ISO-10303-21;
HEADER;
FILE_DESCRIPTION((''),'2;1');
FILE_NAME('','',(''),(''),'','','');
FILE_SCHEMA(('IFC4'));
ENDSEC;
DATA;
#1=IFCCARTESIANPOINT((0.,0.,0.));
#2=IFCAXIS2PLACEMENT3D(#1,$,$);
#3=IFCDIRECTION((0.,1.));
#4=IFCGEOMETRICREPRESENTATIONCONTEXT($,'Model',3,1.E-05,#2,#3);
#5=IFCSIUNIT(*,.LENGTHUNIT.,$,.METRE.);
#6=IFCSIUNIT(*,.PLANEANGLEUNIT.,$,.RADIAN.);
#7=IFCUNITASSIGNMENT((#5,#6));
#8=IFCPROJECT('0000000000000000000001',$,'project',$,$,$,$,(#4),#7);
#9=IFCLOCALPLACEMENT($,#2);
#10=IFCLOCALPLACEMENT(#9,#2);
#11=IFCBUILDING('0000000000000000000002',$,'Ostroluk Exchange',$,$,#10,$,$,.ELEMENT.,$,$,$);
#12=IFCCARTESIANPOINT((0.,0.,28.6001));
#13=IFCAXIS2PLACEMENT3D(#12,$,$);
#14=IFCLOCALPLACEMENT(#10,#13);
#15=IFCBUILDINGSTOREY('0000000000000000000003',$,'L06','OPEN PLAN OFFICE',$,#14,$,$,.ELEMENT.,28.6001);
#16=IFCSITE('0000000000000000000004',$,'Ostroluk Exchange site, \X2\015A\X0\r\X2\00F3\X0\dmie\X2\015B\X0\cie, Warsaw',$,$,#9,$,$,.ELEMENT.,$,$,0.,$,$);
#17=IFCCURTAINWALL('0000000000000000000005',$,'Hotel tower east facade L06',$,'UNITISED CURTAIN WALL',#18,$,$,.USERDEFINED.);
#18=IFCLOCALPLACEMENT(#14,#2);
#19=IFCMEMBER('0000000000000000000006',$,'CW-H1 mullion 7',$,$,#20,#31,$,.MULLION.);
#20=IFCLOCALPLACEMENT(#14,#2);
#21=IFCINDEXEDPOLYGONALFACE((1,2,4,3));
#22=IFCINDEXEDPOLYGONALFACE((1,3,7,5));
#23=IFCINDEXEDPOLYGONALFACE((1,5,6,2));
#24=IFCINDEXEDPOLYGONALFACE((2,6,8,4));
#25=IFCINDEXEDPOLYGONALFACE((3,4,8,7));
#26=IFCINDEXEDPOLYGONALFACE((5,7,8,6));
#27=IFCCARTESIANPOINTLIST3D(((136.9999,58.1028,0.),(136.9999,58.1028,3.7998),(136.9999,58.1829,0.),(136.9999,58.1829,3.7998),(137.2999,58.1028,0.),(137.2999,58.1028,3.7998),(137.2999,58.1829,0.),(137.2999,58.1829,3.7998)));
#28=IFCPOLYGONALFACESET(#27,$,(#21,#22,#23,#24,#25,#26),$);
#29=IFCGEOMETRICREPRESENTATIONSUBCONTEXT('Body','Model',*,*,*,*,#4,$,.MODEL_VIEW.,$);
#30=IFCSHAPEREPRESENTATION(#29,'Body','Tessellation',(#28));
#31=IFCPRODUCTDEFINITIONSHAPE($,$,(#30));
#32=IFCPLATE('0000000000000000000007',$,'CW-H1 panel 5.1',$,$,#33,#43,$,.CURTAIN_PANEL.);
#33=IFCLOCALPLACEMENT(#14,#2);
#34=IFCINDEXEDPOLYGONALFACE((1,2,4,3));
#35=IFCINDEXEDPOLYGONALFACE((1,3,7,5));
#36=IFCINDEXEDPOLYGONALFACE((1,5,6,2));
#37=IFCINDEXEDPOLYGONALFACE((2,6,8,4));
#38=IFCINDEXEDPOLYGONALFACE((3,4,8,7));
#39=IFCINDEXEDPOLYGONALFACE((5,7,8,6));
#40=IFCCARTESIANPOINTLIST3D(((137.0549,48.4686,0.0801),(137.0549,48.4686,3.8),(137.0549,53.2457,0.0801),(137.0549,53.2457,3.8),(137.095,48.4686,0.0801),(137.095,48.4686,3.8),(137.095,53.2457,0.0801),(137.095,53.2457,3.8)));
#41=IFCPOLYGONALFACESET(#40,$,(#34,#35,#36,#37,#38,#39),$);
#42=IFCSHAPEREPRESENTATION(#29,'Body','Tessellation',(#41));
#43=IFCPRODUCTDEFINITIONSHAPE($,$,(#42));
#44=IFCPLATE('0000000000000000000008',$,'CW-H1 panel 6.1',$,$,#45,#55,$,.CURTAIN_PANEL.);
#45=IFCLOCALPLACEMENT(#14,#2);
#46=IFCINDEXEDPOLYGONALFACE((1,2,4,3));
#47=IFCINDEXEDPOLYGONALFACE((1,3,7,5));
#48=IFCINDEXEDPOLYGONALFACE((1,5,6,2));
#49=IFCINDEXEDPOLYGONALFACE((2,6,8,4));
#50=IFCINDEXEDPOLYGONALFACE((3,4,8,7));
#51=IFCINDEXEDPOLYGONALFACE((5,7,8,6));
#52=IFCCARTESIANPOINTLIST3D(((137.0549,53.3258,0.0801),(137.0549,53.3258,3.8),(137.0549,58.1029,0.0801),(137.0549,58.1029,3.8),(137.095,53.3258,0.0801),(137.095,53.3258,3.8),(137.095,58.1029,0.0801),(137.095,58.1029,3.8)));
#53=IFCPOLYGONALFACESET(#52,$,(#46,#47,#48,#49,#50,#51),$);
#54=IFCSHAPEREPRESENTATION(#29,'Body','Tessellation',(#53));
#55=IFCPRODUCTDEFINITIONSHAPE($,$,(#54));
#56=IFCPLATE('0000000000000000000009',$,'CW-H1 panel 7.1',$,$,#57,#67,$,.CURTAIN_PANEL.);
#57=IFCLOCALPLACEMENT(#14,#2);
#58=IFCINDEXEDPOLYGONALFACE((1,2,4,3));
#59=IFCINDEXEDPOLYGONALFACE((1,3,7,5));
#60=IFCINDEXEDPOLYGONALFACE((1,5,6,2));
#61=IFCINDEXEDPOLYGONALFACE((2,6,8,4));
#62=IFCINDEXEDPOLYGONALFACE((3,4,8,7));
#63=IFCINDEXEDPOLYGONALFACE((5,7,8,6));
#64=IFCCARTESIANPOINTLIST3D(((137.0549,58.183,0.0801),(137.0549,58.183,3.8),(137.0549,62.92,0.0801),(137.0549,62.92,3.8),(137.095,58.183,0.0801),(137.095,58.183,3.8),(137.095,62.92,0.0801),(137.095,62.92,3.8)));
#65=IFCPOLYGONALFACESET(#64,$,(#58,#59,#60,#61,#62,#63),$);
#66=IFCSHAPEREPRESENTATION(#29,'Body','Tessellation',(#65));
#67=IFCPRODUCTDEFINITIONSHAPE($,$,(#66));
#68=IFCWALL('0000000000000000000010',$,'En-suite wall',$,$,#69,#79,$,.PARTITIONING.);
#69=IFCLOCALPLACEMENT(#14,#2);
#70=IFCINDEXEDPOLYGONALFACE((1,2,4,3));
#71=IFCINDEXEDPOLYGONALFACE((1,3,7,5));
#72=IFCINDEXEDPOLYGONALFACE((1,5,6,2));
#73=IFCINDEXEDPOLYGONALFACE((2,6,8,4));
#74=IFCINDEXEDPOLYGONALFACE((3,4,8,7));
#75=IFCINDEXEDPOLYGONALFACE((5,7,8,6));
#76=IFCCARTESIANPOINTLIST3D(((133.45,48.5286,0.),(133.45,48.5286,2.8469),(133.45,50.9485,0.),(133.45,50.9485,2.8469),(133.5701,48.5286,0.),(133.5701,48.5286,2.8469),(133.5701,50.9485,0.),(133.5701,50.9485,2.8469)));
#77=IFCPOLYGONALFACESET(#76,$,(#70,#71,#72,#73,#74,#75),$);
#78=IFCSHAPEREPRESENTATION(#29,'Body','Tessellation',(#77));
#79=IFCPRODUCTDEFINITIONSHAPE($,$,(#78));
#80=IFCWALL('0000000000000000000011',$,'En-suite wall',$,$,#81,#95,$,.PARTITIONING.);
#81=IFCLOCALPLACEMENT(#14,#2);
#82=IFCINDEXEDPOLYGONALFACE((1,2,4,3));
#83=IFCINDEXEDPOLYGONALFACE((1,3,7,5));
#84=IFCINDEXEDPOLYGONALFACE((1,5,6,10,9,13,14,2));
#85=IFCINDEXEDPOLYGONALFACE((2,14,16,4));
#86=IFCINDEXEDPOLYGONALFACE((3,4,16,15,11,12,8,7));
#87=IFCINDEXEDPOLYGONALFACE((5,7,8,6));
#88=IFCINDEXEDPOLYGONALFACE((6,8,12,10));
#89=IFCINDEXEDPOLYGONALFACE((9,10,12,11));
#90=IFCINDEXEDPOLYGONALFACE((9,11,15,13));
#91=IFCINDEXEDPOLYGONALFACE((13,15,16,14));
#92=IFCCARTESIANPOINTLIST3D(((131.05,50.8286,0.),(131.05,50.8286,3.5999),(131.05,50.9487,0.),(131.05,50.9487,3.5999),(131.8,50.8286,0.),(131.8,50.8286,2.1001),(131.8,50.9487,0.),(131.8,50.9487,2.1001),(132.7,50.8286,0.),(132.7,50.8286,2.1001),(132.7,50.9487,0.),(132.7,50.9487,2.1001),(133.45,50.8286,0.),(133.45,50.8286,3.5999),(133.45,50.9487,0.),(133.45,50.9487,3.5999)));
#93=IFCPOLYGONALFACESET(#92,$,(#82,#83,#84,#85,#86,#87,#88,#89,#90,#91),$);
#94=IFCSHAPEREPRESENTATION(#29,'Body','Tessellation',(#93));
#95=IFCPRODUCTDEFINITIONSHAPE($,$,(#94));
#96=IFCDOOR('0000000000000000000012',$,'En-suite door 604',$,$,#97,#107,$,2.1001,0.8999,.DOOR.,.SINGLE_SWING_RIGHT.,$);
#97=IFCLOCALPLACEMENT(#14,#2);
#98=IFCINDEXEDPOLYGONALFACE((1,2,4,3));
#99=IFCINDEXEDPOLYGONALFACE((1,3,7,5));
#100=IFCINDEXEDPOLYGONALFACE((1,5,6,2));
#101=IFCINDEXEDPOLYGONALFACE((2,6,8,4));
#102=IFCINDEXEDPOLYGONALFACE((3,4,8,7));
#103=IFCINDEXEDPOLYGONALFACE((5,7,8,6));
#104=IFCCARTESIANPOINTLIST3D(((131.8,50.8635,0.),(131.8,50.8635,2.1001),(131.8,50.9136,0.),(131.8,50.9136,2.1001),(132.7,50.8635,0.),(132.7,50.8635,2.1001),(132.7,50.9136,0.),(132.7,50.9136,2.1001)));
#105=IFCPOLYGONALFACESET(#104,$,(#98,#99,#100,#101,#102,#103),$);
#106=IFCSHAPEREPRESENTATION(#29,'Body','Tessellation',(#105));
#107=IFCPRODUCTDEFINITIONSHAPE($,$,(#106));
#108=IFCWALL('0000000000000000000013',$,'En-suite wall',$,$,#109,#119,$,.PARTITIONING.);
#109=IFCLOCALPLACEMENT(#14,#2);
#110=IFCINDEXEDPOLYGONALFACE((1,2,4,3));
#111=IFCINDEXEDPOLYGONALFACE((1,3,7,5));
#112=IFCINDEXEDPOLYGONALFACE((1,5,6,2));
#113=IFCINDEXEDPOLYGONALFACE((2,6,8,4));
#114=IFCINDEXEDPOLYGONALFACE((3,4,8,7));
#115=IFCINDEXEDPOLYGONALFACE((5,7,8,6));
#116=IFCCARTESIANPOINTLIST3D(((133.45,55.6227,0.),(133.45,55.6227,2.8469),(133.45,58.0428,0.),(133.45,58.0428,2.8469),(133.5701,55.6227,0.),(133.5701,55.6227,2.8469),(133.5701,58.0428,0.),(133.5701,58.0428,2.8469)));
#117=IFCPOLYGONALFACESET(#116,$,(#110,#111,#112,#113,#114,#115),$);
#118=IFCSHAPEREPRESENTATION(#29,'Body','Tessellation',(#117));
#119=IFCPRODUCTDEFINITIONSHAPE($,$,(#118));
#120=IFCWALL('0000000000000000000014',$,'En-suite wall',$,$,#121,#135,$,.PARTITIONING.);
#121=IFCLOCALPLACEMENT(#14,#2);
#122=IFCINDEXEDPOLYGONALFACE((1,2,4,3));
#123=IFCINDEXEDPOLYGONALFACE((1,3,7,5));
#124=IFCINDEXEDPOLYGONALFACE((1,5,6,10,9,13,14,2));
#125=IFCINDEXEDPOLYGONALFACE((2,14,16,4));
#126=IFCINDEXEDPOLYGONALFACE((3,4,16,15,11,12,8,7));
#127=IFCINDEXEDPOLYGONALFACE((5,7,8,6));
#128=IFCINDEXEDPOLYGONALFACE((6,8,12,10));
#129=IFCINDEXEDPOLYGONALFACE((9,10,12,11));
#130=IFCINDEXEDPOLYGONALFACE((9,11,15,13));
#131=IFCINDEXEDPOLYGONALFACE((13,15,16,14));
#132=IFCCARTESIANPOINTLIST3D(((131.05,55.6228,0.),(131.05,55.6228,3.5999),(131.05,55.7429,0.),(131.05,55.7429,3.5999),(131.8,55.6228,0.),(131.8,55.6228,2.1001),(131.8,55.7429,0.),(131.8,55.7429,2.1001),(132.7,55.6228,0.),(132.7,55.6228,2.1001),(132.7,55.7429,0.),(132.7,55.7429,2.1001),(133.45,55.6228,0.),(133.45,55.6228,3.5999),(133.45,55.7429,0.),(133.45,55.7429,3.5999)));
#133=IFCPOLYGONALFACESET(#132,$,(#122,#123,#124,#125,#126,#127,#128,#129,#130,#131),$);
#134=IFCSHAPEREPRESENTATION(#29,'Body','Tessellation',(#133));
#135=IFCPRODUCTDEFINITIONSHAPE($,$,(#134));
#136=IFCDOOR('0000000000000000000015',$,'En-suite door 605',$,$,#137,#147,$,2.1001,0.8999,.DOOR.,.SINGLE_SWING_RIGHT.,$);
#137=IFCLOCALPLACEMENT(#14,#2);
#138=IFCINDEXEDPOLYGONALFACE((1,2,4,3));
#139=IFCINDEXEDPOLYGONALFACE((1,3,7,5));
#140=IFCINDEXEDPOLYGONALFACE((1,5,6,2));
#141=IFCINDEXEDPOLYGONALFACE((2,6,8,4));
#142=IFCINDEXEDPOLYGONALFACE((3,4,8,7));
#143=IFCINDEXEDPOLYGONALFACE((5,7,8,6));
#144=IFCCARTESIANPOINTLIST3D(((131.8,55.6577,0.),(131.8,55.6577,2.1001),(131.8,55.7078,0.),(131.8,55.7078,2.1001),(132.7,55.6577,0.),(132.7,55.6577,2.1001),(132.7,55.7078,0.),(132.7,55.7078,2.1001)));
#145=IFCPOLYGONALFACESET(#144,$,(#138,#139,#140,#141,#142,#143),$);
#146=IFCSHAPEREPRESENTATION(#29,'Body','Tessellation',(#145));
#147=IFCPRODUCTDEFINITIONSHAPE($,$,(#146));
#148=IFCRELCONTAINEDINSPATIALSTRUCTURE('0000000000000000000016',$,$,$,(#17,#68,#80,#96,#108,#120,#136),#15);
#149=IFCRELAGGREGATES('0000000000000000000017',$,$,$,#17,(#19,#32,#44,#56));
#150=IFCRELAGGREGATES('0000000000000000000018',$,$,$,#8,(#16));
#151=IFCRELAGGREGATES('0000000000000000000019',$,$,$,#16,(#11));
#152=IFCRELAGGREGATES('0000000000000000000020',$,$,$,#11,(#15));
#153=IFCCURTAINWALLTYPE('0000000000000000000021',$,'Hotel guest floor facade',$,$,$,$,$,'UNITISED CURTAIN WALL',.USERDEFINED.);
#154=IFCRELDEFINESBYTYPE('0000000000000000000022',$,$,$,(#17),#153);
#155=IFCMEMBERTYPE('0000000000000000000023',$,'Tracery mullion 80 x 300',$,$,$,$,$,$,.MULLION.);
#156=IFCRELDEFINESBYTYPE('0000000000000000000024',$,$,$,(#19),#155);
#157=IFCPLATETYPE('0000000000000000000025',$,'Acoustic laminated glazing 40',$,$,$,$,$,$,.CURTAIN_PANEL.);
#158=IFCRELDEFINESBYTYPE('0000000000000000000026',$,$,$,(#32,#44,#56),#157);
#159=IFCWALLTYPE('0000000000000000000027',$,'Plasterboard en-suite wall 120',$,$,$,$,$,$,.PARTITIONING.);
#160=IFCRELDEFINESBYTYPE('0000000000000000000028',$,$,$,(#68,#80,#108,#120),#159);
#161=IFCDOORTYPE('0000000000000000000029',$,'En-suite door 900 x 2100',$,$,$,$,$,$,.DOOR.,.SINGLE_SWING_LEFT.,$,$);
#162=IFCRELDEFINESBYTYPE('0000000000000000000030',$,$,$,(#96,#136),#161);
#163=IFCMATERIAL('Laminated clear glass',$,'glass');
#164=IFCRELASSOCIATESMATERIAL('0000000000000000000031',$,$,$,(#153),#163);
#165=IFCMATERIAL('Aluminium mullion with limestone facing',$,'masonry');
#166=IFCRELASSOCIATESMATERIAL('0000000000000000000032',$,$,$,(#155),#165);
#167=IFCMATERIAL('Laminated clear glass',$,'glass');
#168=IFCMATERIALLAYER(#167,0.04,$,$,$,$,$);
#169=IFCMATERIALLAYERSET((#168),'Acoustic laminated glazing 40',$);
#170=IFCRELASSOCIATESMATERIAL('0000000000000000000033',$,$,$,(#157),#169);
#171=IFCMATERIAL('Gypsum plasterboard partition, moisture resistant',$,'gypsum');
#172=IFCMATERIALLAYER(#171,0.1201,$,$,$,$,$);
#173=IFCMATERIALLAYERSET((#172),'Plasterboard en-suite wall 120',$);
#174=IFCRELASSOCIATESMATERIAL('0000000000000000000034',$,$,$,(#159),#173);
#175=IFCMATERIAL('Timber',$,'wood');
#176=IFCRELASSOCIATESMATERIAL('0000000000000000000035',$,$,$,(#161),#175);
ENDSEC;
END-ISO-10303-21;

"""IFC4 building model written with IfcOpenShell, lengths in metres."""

from ifc_helpers import new_model, si_unit, direction, frame, frame_2d, origin, origin_2d, place, context, subcontext, project, spatial, rectangle, extrude, material, layer, layer_set, material_profile, profile_set, type_object, element, fill, aggregate, save


model = new_model("IFC4")

# Units and contexts
model_context = context("Model", 3, precision=1e-05, world=origin(), true_north=direction((0.0, 1.0)))
body_context = subcontext(model_context, "Body", "Model", "MODEL_VIEW")
ifc_project = project(units=[si_unit("LENGTHUNIT", "METRE"), si_unit("PLANEANGLEUNIT", "RADIAN")], contexts=[model_context])

# Site, building, storey
site_placement = place(None, origin())
site = spatial("IfcSite", under=ifc_project, at=site_placement, Name="Ostroluk Exchange site, Śródmieście, Warsaw", CompositionType="ELEMENT", RefElevation=0.0)
building_placement = place(site_placement, origin())
building = spatial("IfcBuilding", under=site, at=building_placement, Name="Ostroluk Exchange", CompositionType="ELEMENT")
storey_placement = place(building_placement, frame((0.0, 0.0, 28.6001)))
storey = spatial("IfcBuildingStorey", under=building, at=storey_placement, Name="L06", Description="OPEN PLAN OFFICE", CompositionType="ELEMENT", Elevation=28.6001)

# Curtain wall, member, plates
ifc_material_1 = material(Name="Laminated clear glass", Category="glass")
curtain_wall_type = type_object("IfcCurtainWallType", Name="Hotel guest floor facade", ElementType="UNITISED CURTAIN WALL", PredefinedType="USERDEFINED", material=ifc_material_1)
curtain_wall_placement = place(storey_placement, origin())
curtain_wall = element("IfcCurtainWall", 1, at=curtain_wall_placement, inside=storey, type_object=curtain_wall_type, Name="Hotel tower east facade L06", ObjectType="UNITISED CURTAIN WALL", PredefinedType="USERDEFINED")
ifc_material_2 = material(Name="Aluminium mullion with limestone facing", Category="masonry")
ifc_material_profile_1 = material_profile(ifc_material_2, rectangle(XDim=0.3, YDim=0.0801, at=origin_2d()), Name="Tracery mullion 80 x 300")
ifc_profile_set_1 = profile_set([ifc_material_profile_1], Name="Aluminium mullion with limestone facing")
member_type_1 = type_object("IfcMemberType", Name="Tracery mullion 80 x 300", PredefinedType="MULLION", material=ifc_profile_set_1)
member_1_placement = place(storey_placement, frame((137.1499, 58.1428, 0.0), z_axis=(0.0, 0.0, 1.0), x_axis=(-1.0, 0.0, 0.0)))
member_1 = element("IfcMember", 2, at=member_1_placement, type_object=member_type_1, Name="CW-H1 mullion 7", PredefinedType="MULLION", context=body_context, shape_type="SweptSolid", body=[
    extrude(rectangle(XDim=0.3, YDim=0.0801, at=origin_2d()), origin(), (0.0, 0.0, 1.0), 3.7998),
])
ifc_material_3 = material(Name="Laminated clear glass", Category="glass")
ifc_layer_1 = layer(ifc_material_3, 0.04)
ifc_layer_set_1 = layer_set([ifc_layer_1], Name="Acoustic laminated glazing 40")
plate_type = type_object("IfcPlateType", Name="Acoustic laminated glazing 40", PredefinedType="CURTAIN_PANEL", material=ifc_layer_set_1)
plate_1_placement = place(storey_placement, frame((137.075, 50.8572, 0.0801), z_axis=(0.0, 0.0, 1.0), x_axis=(0.0, 1.0, 0.0)))
plate_1 = element("IfcPlate", 3, at=plate_1_placement, type_object=plate_type, Name="CW-H1 panel 5.1", PredefinedType="CURTAIN_PANEL", context=body_context, shape_type="SweptSolid", body=[
    extrude(rectangle(XDim=4.7771, YDim=0.04, at=origin_2d()), origin(), (0.0, 0.0, 1.0), 3.72),
])
plate_2_placement = place(storey_placement, frame((137.075, 55.7144, 0.0801), z_axis=(0.0, 0.0, 1.0), x_axis=(0.0, 1.0, 0.0)))
plate_2 = element("IfcPlate", 4, at=plate_2_placement, type_object=plate_type, Name="CW-H1 panel 6.1", PredefinedType="CURTAIN_PANEL", context=body_context, shape_type="SweptSolid", body=[
    extrude(rectangle(XDim=4.7771, YDim=0.04, at=origin_2d()), origin(), (0.0, 0.0, 1.0), 3.72),
])
plate_3_placement = place(storey_placement, frame((137.075, 60.5515, 0.0801), z_axis=(0.0, 0.0, 1.0), x_axis=(0.0, 1.0, 0.0)))
plate_3 = element("IfcPlate", 5, at=plate_3_placement, type_object=plate_type, Name="CW-H1 panel 7.1", PredefinedType="CURTAIN_PANEL", context=body_context, shape_type="SweptSolid", body=[
    extrude(rectangle(XDim=4.7371, YDim=0.04, at=origin_2d()), origin(), (0.0, 0.0, 1.0), 3.72),
])
aggregate(curtain_wall, [member_1, plate_1, plate_2, plate_3])

# Wall
ifc_material_4 = material(Name="Gypsum plasterboard partition, moisture resistant", Category="gypsum")
ifc_layer_2 = layer(ifc_material_4, 0.1201)
ifc_layer_set_2 = layer_set([ifc_layer_2], Name="Plasterboard en-suite wall 120")
wall_type_1 = type_object("IfcWallType", Name="Plasterboard en-suite wall 120", PredefinedType="PARTITIONING", material=ifc_layer_set_2)
wall_1_placement = place(storey_placement, frame((133.51, 48.5286, 0.0), z_axis=(0.0, 0.0, 1.0), x_axis=(0.0, 1.0, 0.0)))
element("IfcWall", 6, at=wall_1_placement, inside=storey, type_object=wall_type_1, Name="En-suite wall", PredefinedType="PARTITIONING", context=body_context, shape_type="SweptSolid", body=[
    extrude(rectangle(XDim=2.4199, YDim=0.1201, at=frame_2d((1.21, 0.0))), origin(), (0.0, 0.0, 1.0), 2.8469),
])

# Wall, opening, door
wall_2_placement = place(storey_placement, frame((131.05, 50.8887, 0.0), z_axis=(0.0, 0.0, 1.0), x_axis=(1.0, 0.0, 0.0)))
wall_2 = element("IfcWall", 7, at=wall_2_placement, inside=storey, type_object=wall_type_1, Name="En-suite wall", PredefinedType="PARTITIONING", context=body_context, shape_type="SweptSolid", body=[
    extrude(rectangle(XDim=2.3999, YDim=0.1201, at=frame_2d((1.2, 0.0))), origin(), (0.0, 0.0, 1.0), 3.5999),
])
opening_1_placement = place(wall_2_placement, frame((0.75, 0.0, 0.0)))
opening_1 = element("IfcOpeningElement", 8, at=opening_1_placement, cuts=wall_2, PredefinedType="OPENING", context=body_context, shape_type="SweptSolid", body=[
    extrude(rectangle(XDim=0.8999, YDim=2.1001, at=frame_2d((0.45, 1.05))), frame((0.0, 0.0701, 0.0), z_axis=(0.0, -1.0, 0.0), x_axis=(1.0, 0.0, 0.0)), (0.0, 0.0, 1.0), 0.1401),
])
ifc_material_5 = material(Name="Timber", Category="wood")
door_type_1 = type_object("IfcDoorType", Name="En-suite door 900 x 2100", OperationType="SINGLE_SWING_LEFT", PredefinedType="DOOR", material=ifc_material_5)
door_1_placement = place(opening_1_placement, origin())
door_1 = element("IfcDoor", 9, at=door_1_placement, inside=storey, type_object=door_type_1, Name="En-suite door 604", OperationType="SINGLE_SWING_RIGHT", OverallHeight=2.1001, OverallWidth=0.8999, PredefinedType="DOOR", context=body_context, shape_type="SweptSolid", body=[
    extrude(rectangle(XDim=0.8999, YDim=2.1001, at=frame_2d((0.45, 1.05))), frame((0.0, 0.0249, 0.0), z_axis=(0.0, -1.0, 0.0), x_axis=(1.0, 0.0, 0.0)), (0.0, 0.0, 1.0), 0.05),
])
fill(opening_1, door_1)

# Wall
wall_3_placement = place(storey_placement, frame((133.51, 55.6228, 0.0), z_axis=(0.0, 0.0, 1.0), x_axis=(0.0, 1.0, 0.0)))
element("IfcWall", 10, at=wall_3_placement, inside=storey, type_object=wall_type_1, Name="En-suite wall", PredefinedType="PARTITIONING", context=body_context, shape_type="SweptSolid", body=[
    extrude(rectangle(XDim=2.4202, YDim=0.1201, at=frame_2d((1.21, 0.0))), origin(), (0.0, 0.0, 1.0), 2.8469),
])

# Wall, opening, door
wall_4_placement = place(storey_placement, frame((131.05, 55.6829, 0.0), z_axis=(0.0, 0.0, 1.0), x_axis=(1.0, 0.0, 0.0)))
wall_4 = element("IfcWall", 11, at=wall_4_placement, inside=storey, type_object=wall_type_1, Name="En-suite wall", PredefinedType="PARTITIONING", context=body_context, shape_type="SweptSolid", body=[
    extrude(rectangle(XDim=2.3999, YDim=0.1201, at=frame_2d((1.2, 0.0))), origin(), (0.0, 0.0, 1.0), 3.5999),
])
opening_2_placement = place(wall_4_placement, frame((0.75, 0.0, 0.0)))
opening_2 = element("IfcOpeningElement", 12, at=opening_2_placement, cuts=wall_4, PredefinedType="OPENING", context=body_context, shape_type="SweptSolid", body=[
    extrude(rectangle(XDim=0.8999, YDim=2.1001, at=frame_2d((0.45, 1.05))), frame((0.0, 0.0701, 0.0), z_axis=(0.0, -1.0, 0.0), x_axis=(1.0, 0.0, 0.0)), (0.0, 0.0, 1.0), 0.1401),
])
door_2_placement = place(opening_2_placement, origin())
door_2 = element("IfcDoor", 13, at=door_2_placement, inside=storey, type_object=door_type_1, Name="En-suite door 605", OperationType="SINGLE_SWING_RIGHT", OverallHeight=2.1001, OverallWidth=0.8999, PredefinedType="DOOR", context=body_context, shape_type="SweptSolid", body=[
    extrude(rectangle(XDim=0.8999, YDim=2.1001, at=frame_2d((0.45, 1.05))), frame((0.0, 0.0249, 0.0), z_axis=(0.0, -1.0, 0.0), x_axis=(1.0, 0.0, 0.0)), (0.0, 0.0, 1.0), 0.05),
])
fill(opening_2, door_2)

save(model, "model.ifc")
